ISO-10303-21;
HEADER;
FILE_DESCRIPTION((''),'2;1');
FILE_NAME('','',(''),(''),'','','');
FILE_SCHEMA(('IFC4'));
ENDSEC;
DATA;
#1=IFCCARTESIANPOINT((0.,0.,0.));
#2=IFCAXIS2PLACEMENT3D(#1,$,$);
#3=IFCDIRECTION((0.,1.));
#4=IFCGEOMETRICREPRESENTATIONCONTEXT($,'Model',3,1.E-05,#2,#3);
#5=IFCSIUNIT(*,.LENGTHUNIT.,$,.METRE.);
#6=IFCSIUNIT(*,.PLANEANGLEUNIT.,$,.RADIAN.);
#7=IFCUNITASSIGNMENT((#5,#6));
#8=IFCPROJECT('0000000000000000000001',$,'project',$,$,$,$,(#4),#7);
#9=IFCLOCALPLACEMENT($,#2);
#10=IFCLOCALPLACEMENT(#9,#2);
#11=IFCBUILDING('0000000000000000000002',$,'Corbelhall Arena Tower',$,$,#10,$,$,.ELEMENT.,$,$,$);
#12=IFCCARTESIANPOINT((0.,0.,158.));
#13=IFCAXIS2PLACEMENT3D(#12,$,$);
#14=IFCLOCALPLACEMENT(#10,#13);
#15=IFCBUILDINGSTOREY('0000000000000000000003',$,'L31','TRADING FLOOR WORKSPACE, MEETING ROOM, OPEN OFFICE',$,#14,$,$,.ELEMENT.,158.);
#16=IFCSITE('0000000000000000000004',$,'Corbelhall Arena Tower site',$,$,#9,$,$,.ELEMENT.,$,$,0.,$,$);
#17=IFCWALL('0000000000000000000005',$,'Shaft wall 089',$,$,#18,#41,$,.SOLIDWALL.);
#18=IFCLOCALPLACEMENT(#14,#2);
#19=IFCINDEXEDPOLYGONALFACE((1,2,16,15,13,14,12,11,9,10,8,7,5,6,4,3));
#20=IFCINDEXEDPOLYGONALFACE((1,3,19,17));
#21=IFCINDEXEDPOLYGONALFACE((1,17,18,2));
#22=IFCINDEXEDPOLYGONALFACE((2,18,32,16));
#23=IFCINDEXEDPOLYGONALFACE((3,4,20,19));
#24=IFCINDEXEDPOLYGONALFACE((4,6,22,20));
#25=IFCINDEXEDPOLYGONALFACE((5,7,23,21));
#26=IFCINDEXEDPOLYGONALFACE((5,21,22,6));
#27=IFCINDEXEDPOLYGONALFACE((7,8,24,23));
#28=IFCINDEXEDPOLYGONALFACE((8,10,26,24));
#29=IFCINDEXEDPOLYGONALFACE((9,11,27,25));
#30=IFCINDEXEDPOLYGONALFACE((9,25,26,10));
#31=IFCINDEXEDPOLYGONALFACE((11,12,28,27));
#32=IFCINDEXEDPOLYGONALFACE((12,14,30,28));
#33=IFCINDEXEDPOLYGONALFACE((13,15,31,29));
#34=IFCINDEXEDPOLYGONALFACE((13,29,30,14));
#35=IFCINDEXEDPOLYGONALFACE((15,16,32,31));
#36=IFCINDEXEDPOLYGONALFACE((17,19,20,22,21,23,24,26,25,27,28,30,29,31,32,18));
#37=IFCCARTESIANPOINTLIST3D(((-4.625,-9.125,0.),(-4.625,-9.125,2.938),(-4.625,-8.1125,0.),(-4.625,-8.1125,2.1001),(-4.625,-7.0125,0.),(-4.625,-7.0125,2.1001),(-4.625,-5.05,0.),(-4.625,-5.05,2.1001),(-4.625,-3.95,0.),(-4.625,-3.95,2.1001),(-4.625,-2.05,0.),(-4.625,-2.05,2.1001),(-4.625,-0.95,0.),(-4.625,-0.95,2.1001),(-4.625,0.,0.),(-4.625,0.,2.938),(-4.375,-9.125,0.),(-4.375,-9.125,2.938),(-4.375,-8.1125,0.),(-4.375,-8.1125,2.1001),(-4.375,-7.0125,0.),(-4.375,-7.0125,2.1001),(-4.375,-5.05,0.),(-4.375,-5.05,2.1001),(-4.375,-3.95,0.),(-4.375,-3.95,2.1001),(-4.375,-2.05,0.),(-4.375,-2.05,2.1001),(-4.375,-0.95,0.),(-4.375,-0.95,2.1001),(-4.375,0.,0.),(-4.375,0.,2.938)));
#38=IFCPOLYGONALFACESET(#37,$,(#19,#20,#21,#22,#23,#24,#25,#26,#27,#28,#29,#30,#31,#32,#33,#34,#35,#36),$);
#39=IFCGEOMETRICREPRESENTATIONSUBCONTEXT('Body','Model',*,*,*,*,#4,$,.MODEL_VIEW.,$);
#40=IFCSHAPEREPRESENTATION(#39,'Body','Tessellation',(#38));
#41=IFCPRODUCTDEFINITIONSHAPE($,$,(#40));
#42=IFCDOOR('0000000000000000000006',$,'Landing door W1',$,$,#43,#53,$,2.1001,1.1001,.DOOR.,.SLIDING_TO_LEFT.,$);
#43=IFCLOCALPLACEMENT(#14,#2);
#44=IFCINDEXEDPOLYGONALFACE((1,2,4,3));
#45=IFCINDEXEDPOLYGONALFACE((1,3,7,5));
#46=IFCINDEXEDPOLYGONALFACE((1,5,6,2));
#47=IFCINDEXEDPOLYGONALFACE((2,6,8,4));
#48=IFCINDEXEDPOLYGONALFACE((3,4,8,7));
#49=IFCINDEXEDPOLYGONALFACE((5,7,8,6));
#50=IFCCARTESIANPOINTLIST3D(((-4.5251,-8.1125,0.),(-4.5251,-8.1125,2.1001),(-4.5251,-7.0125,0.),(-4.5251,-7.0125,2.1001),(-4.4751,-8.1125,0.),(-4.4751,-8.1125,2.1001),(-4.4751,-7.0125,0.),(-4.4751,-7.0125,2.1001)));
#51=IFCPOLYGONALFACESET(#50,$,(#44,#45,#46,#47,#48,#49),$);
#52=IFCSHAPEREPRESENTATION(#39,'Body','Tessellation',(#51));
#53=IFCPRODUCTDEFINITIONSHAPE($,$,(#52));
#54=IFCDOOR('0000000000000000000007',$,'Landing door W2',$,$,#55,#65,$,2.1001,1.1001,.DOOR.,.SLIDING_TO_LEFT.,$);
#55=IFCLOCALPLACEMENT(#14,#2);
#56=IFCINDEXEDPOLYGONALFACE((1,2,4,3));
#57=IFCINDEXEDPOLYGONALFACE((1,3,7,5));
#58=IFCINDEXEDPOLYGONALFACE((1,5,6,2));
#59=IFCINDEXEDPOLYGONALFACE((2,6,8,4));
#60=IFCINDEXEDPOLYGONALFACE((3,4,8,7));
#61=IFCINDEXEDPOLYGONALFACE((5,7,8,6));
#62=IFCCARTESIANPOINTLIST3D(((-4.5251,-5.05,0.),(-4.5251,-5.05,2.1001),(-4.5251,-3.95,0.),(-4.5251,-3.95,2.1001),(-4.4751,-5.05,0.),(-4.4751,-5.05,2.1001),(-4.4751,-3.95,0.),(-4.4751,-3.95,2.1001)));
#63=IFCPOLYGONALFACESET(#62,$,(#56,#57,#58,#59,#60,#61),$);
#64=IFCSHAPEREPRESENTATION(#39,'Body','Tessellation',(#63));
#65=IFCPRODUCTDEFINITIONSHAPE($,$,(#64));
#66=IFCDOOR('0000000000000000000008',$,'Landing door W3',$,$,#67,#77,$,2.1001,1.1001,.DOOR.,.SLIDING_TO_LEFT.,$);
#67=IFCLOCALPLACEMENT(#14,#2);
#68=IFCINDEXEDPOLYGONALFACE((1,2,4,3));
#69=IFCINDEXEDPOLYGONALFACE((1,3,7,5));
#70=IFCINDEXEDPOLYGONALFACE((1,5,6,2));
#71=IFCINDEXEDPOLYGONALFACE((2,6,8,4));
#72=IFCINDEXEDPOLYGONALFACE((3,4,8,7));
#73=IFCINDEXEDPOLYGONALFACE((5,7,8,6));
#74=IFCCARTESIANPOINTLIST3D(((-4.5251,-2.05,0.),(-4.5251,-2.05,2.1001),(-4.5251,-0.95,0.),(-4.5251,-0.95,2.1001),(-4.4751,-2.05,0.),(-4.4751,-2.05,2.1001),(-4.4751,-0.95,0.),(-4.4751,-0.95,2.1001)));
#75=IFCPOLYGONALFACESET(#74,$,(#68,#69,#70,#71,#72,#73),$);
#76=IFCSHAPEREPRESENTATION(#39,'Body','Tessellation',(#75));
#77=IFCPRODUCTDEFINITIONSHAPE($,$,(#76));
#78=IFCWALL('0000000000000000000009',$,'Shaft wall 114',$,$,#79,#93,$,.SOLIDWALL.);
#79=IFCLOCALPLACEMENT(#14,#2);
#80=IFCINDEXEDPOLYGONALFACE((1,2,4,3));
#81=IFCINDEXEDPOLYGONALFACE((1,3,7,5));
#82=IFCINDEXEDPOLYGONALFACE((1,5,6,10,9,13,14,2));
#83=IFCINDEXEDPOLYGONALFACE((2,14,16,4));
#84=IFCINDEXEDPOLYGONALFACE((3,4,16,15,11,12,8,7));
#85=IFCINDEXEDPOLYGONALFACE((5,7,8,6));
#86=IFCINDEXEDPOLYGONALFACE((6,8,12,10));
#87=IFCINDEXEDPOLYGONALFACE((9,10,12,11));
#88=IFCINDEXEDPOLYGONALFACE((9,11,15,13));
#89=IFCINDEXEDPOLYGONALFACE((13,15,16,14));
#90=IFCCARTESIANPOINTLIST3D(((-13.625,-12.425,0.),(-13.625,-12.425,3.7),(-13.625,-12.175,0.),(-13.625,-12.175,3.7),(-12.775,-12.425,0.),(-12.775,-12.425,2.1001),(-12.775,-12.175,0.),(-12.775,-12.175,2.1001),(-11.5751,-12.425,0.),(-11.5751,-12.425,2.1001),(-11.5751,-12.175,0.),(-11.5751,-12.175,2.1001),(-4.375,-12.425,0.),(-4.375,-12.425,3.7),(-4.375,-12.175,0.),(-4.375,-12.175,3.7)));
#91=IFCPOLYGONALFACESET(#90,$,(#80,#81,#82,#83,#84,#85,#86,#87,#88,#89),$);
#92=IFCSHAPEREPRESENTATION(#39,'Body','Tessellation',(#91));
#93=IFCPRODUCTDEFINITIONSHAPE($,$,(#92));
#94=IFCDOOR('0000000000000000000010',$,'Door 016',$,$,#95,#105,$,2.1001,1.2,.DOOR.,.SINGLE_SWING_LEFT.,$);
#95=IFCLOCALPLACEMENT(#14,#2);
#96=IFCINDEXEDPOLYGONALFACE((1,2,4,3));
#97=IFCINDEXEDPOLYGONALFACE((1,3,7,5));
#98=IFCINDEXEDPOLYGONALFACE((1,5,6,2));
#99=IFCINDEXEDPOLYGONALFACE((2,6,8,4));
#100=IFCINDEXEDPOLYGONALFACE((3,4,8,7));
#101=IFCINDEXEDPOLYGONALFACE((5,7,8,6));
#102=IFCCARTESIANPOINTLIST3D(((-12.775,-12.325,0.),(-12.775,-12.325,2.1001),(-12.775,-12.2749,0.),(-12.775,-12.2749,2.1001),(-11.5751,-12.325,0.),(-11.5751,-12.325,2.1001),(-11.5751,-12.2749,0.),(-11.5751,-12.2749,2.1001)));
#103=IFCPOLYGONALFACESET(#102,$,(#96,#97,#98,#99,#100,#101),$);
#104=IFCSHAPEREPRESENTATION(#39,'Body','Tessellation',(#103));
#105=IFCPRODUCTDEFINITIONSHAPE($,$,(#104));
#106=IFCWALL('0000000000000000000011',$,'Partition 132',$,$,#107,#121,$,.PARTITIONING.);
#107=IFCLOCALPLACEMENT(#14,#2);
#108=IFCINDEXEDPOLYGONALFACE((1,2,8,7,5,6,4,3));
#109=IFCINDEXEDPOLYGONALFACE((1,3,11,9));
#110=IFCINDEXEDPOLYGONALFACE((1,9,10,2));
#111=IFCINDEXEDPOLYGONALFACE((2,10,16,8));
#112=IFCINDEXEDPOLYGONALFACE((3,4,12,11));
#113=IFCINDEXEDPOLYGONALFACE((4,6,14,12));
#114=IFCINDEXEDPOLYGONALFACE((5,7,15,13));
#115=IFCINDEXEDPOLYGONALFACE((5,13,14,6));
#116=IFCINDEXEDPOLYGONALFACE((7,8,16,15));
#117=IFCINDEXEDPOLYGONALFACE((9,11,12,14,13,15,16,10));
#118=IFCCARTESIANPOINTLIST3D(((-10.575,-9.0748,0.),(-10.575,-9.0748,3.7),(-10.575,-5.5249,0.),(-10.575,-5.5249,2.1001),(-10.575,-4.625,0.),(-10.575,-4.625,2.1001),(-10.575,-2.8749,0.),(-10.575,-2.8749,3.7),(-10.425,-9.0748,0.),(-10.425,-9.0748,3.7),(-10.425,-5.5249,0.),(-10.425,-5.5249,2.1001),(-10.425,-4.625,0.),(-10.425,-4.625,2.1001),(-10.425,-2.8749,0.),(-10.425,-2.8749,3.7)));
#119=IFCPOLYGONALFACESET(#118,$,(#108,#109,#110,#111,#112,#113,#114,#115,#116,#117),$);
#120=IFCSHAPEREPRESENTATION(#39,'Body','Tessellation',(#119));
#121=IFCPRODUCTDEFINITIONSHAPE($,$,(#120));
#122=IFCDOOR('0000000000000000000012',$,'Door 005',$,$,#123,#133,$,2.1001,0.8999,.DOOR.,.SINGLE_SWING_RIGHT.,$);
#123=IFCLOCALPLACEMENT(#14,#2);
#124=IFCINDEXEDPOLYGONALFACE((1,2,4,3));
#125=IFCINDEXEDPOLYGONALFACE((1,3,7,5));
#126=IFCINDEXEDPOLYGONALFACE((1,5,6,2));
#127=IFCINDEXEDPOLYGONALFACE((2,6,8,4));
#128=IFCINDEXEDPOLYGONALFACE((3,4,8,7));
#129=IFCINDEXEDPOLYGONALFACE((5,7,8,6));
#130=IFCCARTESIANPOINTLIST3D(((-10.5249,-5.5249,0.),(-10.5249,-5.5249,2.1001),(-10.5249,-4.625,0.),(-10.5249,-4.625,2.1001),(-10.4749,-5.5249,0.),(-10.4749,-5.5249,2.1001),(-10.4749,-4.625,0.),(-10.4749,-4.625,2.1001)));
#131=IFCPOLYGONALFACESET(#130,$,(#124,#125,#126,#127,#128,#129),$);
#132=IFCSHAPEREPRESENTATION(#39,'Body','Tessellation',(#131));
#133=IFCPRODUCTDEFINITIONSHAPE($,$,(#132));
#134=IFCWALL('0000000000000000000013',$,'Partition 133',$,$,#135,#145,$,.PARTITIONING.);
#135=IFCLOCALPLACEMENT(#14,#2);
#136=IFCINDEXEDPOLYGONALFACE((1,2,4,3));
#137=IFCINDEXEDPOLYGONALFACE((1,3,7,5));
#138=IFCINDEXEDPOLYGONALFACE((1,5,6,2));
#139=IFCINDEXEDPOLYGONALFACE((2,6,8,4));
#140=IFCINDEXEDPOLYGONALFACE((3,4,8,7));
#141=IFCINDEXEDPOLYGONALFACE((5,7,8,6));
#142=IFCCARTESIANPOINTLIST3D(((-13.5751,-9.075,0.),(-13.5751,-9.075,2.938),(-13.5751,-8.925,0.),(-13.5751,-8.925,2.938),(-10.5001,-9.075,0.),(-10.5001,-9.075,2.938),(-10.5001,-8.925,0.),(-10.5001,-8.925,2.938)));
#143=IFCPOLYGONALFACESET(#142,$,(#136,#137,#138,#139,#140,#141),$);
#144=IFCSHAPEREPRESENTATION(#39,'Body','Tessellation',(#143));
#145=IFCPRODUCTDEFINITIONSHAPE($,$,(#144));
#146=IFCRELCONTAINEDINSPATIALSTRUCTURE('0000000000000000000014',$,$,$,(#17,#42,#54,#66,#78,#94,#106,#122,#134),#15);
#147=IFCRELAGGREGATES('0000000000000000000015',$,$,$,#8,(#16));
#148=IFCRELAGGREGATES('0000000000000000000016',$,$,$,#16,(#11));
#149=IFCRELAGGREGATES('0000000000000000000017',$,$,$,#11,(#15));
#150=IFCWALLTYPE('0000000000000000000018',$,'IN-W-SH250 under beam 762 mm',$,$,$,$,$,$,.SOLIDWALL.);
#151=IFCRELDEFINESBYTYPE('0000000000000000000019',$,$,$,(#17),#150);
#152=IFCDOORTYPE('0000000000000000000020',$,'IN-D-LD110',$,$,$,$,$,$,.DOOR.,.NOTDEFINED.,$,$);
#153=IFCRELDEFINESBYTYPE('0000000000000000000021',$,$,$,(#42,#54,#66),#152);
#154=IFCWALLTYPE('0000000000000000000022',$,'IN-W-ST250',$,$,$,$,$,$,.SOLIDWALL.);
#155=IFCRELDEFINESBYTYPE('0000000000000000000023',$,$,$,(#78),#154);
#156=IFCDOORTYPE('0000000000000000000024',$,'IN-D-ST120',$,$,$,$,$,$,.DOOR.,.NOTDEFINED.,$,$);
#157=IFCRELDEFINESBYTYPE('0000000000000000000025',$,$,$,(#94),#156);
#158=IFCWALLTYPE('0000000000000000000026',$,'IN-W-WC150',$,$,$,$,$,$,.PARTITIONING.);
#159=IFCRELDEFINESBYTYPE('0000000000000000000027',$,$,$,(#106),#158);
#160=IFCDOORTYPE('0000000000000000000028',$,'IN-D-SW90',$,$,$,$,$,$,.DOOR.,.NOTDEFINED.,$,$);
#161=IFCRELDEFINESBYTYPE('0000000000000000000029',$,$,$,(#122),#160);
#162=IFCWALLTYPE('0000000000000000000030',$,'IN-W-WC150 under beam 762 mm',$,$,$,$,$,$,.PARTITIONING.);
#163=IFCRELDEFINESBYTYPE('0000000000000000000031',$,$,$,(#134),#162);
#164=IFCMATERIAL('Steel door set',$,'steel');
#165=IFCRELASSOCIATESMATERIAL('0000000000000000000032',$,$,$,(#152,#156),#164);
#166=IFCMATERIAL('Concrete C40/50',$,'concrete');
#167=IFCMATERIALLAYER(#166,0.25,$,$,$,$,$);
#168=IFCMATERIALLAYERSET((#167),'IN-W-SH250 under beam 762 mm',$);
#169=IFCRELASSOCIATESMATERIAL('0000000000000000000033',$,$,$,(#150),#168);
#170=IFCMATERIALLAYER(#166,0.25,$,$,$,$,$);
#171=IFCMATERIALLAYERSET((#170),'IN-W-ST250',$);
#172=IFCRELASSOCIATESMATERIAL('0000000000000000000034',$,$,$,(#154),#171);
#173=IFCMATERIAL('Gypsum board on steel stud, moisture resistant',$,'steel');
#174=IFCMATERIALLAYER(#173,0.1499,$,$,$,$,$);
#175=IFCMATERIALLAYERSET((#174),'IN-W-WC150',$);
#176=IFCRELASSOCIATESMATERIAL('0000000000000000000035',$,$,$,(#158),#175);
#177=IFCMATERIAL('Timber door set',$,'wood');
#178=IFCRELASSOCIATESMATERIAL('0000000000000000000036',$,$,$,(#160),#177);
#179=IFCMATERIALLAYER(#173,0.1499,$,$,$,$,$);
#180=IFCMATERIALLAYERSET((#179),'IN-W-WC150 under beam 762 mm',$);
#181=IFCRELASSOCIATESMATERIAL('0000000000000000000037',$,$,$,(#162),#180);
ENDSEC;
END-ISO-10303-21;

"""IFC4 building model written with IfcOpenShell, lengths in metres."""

from ifc_helpers import new_model, si_unit, direction, frame, frame_2d, origin, place, context, subcontext, project, spatial, rectangle, extrude, material, layer, layer_set, type_object, element, fill, save


model = new_model("IFC4")

# Units and contexts
model_context = context("Model", 3, precision=1e-05, world=origin(), true_north=direction((0.0, 1.0)))
body_context = subcontext(model_context, "Body", "Model", "MODEL_VIEW")
ifc_project = project(units=[si_unit("LENGTHUNIT", "METRE"), si_unit("PLANEANGLEUNIT", "RADIAN")], contexts=[model_context])

# Site, building, storey
site_placement = place(None, origin())
site = spatial("IfcSite", under=ifc_project, at=site_placement, Name="Corbelhall Arena Tower site", CompositionType="ELEMENT", RefElevation=0.0)
building_placement = place(site_placement, origin())
building = spatial("IfcBuilding", under=site, at=building_placement, Name="Corbelhall Arena Tower", CompositionType="ELEMENT")
storey_placement = place(building_placement, frame((0.0, 0.0, 158.0)))
storey = spatial("IfcBuildingStorey", under=building, at=storey_placement, Name="L31", Description="TRADING FLOOR WORKSPACE, MEETING ROOM, OPEN OFFICE", CompositionType="ELEMENT", Elevation=158.0)

# Shared definitions
ifc_material_1 = material(Name="Concrete C40/50", Category="concrete")
ifc_material_2 = material(Name="Steel door set", Category="steel")
door_type_1 = type_object("IfcDoorType", Name="IN-D-LD110", OperationType="NOTDEFINED", PredefinedType="DOOR", material=ifc_material_2)

# Shared definitions
ifc_layer_1 = layer(ifc_material_1, 0.25)
ifc_layer_set_1 = layer_set([ifc_layer_1], Name="IN-W-SH250 under beam 762 mm")
wall_type_1 = type_object("IfcWallType", Name="IN-W-SH250 under beam 762 mm", PredefinedType="SOLIDWALL", material=ifc_layer_set_1)

# Wall, openings, doors
wall_1_placement = place(storey_placement, frame((-4.5, 0.0, 0.0), z_axis=(0.0, 0.0, 1.0), x_axis=(0.0, -1.0, 0.0)))
wall_1 = element("IfcWall", 1, at=wall_1_placement, inside=storey, type_object=wall_type_1, Name="Shaft wall 089", PredefinedType="SOLIDWALL", context=body_context, shape_type="SweptSolid", body=[
    extrude(rectangle(XDim=9.125, YDim=0.25, at=frame_2d((4.5625, 0.0))), origin(), (0.0, 0.0, 1.0), 2.938),
])
opening_1_placement = place(wall_1_placement, frame((7.0125, 0.0, 0.0)))
opening_1 = element("IfcOpeningElement", 2, at=opening_1_placement, cuts=wall_1, PredefinedType="OPENING", context=body_context, shape_type="SweptSolid", body=[
    extrude(rectangle(XDim=1.1001, YDim=2.1001, at=frame_2d((0.55, 1.05))), frame((0.0, 0.125, 0.0), z_axis=(0.0, -1.0, 0.0), x_axis=(1.0, 0.0, 0.0)), (0.0, 0.0, 1.0), 0.25),
])
opening_2_placement = place(wall_1_placement, frame((3.95, 0.0, 0.0)))
opening_2 = element("IfcOpeningElement", 3, at=opening_2_placement, cuts=wall_1, PredefinedType="OPENING", context=body_context, shape_type="SweptSolid", body=[
    extrude(rectangle(XDim=1.1001, YDim=2.1001, at=frame_2d((0.55, 1.05))), frame((0.0, 0.125, 0.0), z_axis=(0.0, -1.0, 0.0), x_axis=(1.0, 0.0, 0.0)), (0.0, 0.0, 1.0), 0.25),
])
opening_3_placement = place(wall_1_placement, frame((0.95, 0.0, 0.0)))
opening_3 = element("IfcOpeningElement", 4, at=opening_3_placement, cuts=wall_1, PredefinedType="OPENING", context=body_context, shape_type="SweptSolid", body=[
    extrude(rectangle(XDim=1.1001, YDim=2.1001, at=frame_2d((0.55, 1.05))), frame((0.0, 0.125, 0.0), z_axis=(0.0, -1.0, 0.0), x_axis=(1.0, 0.0, 0.0)), (0.0, 0.0, 1.0), 0.25),
])
door_1_placement = place(opening_1_placement, origin())
door_1 = element("IfcDoor", 5, at=door_1_placement, inside=storey, type_object=door_type_1, Name="Landing door W1", OperationType="SLIDING_TO_LEFT", OverallHeight=2.1001, OverallWidth=1.1001, PredefinedType="DOOR", context=body_context, shape_type="SweptSolid", body=[
    extrude(rectangle(XDim=1.1001, YDim=2.1001, at=frame_2d((0.55, 1.05))), frame((0.0, 0.0249, 0.0), z_axis=(0.0, -1.0, 0.0), x_axis=(1.0, 0.0, 0.0)), (0.0, 0.0, 1.0), 0.05),
])
fill(opening_1, door_1)
door_2_placement = place(opening_2_placement, origin())
door_2 = element("IfcDoor", 6, at=door_2_placement, inside=storey, type_object=door_type_1, Name="Landing door W2", OperationType="SLIDING_TO_LEFT", OverallHeight=2.1001, OverallWidth=1.1001, PredefinedType="DOOR", context=body_context, shape_type="SweptSolid", body=[
    extrude(rectangle(XDim=1.1001, YDim=2.1001, at=frame_2d((0.55, 1.05))), frame((0.0, 0.0249, 0.0), z_axis=(0.0, -1.0, 0.0), x_axis=(1.0, 0.0, 0.0)), (0.0, 0.0, 1.0), 0.05),
])
fill(opening_2, door_2)
door_3_placement = place(opening_3_placement, origin())
door_3 = element("IfcDoor", 7, at=door_3_placement, inside=storey, type_object=door_type_1, Name="Landing door W3", OperationType="SLIDING_TO_LEFT", OverallHeight=2.1001, OverallWidth=1.1001, PredefinedType="DOOR", context=body_context, shape_type="SweptSolid", body=[
    extrude(rectangle(XDim=1.1001, YDim=2.1001, at=frame_2d((0.55, 1.05))), frame((0.0, 0.0249, 0.0), z_axis=(0.0, -1.0, 0.0), x_axis=(1.0, 0.0, 0.0)), (0.0, 0.0, 1.0), 0.05),
])
fill(opening_3, door_3)

# Walls, openings, doors
ifc_layer_2 = layer(ifc_material_1, 0.25)
ifc_layer_set_2 = layer_set([ifc_layer_2], Name="IN-W-ST250")
wall_type_2 = type_object("IfcWallType", Name="IN-W-ST250", PredefinedType="SOLIDWALL", material=ifc_layer_set_2)
wall_2_placement = place(storey_placement, frame((-4.375, -12.3, 0.0), z_axis=(0.0, 0.0, 1.0), x_axis=(-1.0, 0.0, 0.0)))
wall_2 = element("IfcWall", 8, at=wall_2_placement, inside=storey, type_object=wall_type_2, Name="Shaft wall 114", PredefinedType="SOLIDWALL", context=body_context, shape_type="SweptSolid", body=[
    extrude(rectangle(XDim=9.25, YDim=0.25, at=frame_2d((4.625, 0.0))), origin(), (0.0, 0.0, 1.0), 3.7),
])
opening_4_placement = place(wall_2_placement, frame((7.2, 0.0, 0.0)))
opening_4 = element("IfcOpeningElement", 9, at=opening_4_placement, cuts=wall_2, PredefinedType="OPENING", context=body_context, shape_type="SweptSolid", body=[
    extrude(rectangle(XDim=1.2, YDim=2.1001, at=frame_2d((0.6001, 1.05))), frame((0.0, 0.125, 0.0), z_axis=(0.0, -1.0, 0.0), x_axis=(1.0, 0.0, 0.0)), (0.0, 0.0, 1.0), 0.25),
])
door_type_2 = type_object("IfcDoorType", Name="IN-D-ST120", OperationType="NOTDEFINED", PredefinedType="DOOR", material=ifc_material_2)
door_4_placement = place(opening_4_placement, origin())
door_4 = element("IfcDoor", 10, at=door_4_placement, inside=storey, type_object=door_type_2, Name="Door 016", OperationType="SINGLE_SWING_LEFT", OverallHeight=2.1001, OverallWidth=1.2, PredefinedType="DOOR", context=body_context, shape_type="SweptSolid", body=[
    extrude(rectangle(XDim=1.2, YDim=2.1001, at=frame_2d((0.6001, 1.05))), frame((0.0, 0.0249, 0.0), z_axis=(0.0, -1.0, 0.0), x_axis=(1.0, 0.0, 0.0)), (0.0, 0.0, 1.0), 0.05),
])
fill(opening_4, door_4)
ifc_material_3 = material(Name="Gypsum board on steel stud, moisture resistant", Category="steel")
ifc_layer_3 = layer(ifc_material_3, 0.1499)
ifc_layer_set_3 = layer_set([ifc_layer_3], Name="IN-W-WC150")
wall_type_3 = type_object("IfcWallType", Name="IN-W-WC150", PredefinedType="PARTITIONING", material=ifc_layer_set_3)
wall_3_placement = place(storey_placement, frame((-10.5, -9.075, 0.0), z_axis=(0.0, 0.0, 1.0), x_axis=(0.0, 1.0, 0.0)))
wall_3 = element("IfcWall", 11, at=wall_3_placement, inside=storey, type_object=wall_type_3, Name="Partition 132", PredefinedType="PARTITIONING", context=body_context, shape_type="SweptSolid", body=[
    extrude(rectangle(XDim=6.2, YDim=0.1499, at=frame_2d((3.1001, 0.0))), origin(), (0.0, 0.0, 1.0), 3.7),
])
opening_5_placement = place(wall_3_placement, frame((3.55, 0.0, 0.0)))
opening_5 = element("IfcOpeningElement", 12, at=opening_5_placement, cuts=wall_3, PredefinedType="OPENING", context=body_context, shape_type="SweptSolid", body=[
    extrude(rectangle(XDim=0.8999, YDim=2.1001, at=frame_2d((0.45, 1.05))), frame((0.0, 0.075, 0.0), z_axis=(0.0, -1.0, 0.0), x_axis=(1.0, 0.0, 0.0)), (0.0, 0.0, 1.0), 0.1499),
])
ifc_material_4 = material(Name="Timber door set", Category="wood")
door_type_3 = type_object("IfcDoorType", Name="IN-D-SW90", OperationType="NOTDEFINED", PredefinedType="DOOR", material=ifc_material_4)
door_5_placement = place(opening_5_placement, origin())
door_5 = element("IfcDoor", 13, at=door_5_placement, inside=storey, type_object=door_type_3, Name="Door 005", OperationType="SINGLE_SWING_RIGHT", OverallHeight=2.1001, OverallWidth=0.8999, PredefinedType="DOOR", context=body_context, shape_type="SweptSolid", body=[
    extrude(rectangle(XDim=0.8999, YDim=2.1001, at=frame_2d((0.45, 1.05))), frame((0.0, 0.0249, 0.0), z_axis=(0.0, -1.0, 0.0), x_axis=(1.0, 0.0, 0.0)), (0.0, 0.0, 1.0), 0.05),
])
fill(opening_5, door_5)

# Wall
ifc_layer_4 = layer(ifc_material_3, 0.1499)
ifc_layer_set_4 = layer_set([ifc_layer_4], Name="IN-W-WC150 under beam 762 mm")
wall_type_4 = type_object("IfcWallType", Name="IN-W-WC150 under beam 762 mm", PredefinedType="PARTITIONING", material=ifc_layer_set_4)
wall_4_placement = place(storey_placement, frame((-10.5, -9.0, 0.0), z_axis=(0.0, 0.0, 1.0), x_axis=(-1.0, 0.0, 0.0)))
element("IfcWall", 14, at=wall_4_placement, inside=storey, type_object=wall_type_4, Name="Partition 133", PredefinedType="PARTITIONING", context=body_context, shape_type="SweptSolid", body=[
    extrude(rectangle(XDim=3.075, YDim=0.1499, at=frame_2d((1.5376, 0.0))), origin(), (0.0, 0.0, 1.0), 2.938),
])

save(model, "model.ifc")
